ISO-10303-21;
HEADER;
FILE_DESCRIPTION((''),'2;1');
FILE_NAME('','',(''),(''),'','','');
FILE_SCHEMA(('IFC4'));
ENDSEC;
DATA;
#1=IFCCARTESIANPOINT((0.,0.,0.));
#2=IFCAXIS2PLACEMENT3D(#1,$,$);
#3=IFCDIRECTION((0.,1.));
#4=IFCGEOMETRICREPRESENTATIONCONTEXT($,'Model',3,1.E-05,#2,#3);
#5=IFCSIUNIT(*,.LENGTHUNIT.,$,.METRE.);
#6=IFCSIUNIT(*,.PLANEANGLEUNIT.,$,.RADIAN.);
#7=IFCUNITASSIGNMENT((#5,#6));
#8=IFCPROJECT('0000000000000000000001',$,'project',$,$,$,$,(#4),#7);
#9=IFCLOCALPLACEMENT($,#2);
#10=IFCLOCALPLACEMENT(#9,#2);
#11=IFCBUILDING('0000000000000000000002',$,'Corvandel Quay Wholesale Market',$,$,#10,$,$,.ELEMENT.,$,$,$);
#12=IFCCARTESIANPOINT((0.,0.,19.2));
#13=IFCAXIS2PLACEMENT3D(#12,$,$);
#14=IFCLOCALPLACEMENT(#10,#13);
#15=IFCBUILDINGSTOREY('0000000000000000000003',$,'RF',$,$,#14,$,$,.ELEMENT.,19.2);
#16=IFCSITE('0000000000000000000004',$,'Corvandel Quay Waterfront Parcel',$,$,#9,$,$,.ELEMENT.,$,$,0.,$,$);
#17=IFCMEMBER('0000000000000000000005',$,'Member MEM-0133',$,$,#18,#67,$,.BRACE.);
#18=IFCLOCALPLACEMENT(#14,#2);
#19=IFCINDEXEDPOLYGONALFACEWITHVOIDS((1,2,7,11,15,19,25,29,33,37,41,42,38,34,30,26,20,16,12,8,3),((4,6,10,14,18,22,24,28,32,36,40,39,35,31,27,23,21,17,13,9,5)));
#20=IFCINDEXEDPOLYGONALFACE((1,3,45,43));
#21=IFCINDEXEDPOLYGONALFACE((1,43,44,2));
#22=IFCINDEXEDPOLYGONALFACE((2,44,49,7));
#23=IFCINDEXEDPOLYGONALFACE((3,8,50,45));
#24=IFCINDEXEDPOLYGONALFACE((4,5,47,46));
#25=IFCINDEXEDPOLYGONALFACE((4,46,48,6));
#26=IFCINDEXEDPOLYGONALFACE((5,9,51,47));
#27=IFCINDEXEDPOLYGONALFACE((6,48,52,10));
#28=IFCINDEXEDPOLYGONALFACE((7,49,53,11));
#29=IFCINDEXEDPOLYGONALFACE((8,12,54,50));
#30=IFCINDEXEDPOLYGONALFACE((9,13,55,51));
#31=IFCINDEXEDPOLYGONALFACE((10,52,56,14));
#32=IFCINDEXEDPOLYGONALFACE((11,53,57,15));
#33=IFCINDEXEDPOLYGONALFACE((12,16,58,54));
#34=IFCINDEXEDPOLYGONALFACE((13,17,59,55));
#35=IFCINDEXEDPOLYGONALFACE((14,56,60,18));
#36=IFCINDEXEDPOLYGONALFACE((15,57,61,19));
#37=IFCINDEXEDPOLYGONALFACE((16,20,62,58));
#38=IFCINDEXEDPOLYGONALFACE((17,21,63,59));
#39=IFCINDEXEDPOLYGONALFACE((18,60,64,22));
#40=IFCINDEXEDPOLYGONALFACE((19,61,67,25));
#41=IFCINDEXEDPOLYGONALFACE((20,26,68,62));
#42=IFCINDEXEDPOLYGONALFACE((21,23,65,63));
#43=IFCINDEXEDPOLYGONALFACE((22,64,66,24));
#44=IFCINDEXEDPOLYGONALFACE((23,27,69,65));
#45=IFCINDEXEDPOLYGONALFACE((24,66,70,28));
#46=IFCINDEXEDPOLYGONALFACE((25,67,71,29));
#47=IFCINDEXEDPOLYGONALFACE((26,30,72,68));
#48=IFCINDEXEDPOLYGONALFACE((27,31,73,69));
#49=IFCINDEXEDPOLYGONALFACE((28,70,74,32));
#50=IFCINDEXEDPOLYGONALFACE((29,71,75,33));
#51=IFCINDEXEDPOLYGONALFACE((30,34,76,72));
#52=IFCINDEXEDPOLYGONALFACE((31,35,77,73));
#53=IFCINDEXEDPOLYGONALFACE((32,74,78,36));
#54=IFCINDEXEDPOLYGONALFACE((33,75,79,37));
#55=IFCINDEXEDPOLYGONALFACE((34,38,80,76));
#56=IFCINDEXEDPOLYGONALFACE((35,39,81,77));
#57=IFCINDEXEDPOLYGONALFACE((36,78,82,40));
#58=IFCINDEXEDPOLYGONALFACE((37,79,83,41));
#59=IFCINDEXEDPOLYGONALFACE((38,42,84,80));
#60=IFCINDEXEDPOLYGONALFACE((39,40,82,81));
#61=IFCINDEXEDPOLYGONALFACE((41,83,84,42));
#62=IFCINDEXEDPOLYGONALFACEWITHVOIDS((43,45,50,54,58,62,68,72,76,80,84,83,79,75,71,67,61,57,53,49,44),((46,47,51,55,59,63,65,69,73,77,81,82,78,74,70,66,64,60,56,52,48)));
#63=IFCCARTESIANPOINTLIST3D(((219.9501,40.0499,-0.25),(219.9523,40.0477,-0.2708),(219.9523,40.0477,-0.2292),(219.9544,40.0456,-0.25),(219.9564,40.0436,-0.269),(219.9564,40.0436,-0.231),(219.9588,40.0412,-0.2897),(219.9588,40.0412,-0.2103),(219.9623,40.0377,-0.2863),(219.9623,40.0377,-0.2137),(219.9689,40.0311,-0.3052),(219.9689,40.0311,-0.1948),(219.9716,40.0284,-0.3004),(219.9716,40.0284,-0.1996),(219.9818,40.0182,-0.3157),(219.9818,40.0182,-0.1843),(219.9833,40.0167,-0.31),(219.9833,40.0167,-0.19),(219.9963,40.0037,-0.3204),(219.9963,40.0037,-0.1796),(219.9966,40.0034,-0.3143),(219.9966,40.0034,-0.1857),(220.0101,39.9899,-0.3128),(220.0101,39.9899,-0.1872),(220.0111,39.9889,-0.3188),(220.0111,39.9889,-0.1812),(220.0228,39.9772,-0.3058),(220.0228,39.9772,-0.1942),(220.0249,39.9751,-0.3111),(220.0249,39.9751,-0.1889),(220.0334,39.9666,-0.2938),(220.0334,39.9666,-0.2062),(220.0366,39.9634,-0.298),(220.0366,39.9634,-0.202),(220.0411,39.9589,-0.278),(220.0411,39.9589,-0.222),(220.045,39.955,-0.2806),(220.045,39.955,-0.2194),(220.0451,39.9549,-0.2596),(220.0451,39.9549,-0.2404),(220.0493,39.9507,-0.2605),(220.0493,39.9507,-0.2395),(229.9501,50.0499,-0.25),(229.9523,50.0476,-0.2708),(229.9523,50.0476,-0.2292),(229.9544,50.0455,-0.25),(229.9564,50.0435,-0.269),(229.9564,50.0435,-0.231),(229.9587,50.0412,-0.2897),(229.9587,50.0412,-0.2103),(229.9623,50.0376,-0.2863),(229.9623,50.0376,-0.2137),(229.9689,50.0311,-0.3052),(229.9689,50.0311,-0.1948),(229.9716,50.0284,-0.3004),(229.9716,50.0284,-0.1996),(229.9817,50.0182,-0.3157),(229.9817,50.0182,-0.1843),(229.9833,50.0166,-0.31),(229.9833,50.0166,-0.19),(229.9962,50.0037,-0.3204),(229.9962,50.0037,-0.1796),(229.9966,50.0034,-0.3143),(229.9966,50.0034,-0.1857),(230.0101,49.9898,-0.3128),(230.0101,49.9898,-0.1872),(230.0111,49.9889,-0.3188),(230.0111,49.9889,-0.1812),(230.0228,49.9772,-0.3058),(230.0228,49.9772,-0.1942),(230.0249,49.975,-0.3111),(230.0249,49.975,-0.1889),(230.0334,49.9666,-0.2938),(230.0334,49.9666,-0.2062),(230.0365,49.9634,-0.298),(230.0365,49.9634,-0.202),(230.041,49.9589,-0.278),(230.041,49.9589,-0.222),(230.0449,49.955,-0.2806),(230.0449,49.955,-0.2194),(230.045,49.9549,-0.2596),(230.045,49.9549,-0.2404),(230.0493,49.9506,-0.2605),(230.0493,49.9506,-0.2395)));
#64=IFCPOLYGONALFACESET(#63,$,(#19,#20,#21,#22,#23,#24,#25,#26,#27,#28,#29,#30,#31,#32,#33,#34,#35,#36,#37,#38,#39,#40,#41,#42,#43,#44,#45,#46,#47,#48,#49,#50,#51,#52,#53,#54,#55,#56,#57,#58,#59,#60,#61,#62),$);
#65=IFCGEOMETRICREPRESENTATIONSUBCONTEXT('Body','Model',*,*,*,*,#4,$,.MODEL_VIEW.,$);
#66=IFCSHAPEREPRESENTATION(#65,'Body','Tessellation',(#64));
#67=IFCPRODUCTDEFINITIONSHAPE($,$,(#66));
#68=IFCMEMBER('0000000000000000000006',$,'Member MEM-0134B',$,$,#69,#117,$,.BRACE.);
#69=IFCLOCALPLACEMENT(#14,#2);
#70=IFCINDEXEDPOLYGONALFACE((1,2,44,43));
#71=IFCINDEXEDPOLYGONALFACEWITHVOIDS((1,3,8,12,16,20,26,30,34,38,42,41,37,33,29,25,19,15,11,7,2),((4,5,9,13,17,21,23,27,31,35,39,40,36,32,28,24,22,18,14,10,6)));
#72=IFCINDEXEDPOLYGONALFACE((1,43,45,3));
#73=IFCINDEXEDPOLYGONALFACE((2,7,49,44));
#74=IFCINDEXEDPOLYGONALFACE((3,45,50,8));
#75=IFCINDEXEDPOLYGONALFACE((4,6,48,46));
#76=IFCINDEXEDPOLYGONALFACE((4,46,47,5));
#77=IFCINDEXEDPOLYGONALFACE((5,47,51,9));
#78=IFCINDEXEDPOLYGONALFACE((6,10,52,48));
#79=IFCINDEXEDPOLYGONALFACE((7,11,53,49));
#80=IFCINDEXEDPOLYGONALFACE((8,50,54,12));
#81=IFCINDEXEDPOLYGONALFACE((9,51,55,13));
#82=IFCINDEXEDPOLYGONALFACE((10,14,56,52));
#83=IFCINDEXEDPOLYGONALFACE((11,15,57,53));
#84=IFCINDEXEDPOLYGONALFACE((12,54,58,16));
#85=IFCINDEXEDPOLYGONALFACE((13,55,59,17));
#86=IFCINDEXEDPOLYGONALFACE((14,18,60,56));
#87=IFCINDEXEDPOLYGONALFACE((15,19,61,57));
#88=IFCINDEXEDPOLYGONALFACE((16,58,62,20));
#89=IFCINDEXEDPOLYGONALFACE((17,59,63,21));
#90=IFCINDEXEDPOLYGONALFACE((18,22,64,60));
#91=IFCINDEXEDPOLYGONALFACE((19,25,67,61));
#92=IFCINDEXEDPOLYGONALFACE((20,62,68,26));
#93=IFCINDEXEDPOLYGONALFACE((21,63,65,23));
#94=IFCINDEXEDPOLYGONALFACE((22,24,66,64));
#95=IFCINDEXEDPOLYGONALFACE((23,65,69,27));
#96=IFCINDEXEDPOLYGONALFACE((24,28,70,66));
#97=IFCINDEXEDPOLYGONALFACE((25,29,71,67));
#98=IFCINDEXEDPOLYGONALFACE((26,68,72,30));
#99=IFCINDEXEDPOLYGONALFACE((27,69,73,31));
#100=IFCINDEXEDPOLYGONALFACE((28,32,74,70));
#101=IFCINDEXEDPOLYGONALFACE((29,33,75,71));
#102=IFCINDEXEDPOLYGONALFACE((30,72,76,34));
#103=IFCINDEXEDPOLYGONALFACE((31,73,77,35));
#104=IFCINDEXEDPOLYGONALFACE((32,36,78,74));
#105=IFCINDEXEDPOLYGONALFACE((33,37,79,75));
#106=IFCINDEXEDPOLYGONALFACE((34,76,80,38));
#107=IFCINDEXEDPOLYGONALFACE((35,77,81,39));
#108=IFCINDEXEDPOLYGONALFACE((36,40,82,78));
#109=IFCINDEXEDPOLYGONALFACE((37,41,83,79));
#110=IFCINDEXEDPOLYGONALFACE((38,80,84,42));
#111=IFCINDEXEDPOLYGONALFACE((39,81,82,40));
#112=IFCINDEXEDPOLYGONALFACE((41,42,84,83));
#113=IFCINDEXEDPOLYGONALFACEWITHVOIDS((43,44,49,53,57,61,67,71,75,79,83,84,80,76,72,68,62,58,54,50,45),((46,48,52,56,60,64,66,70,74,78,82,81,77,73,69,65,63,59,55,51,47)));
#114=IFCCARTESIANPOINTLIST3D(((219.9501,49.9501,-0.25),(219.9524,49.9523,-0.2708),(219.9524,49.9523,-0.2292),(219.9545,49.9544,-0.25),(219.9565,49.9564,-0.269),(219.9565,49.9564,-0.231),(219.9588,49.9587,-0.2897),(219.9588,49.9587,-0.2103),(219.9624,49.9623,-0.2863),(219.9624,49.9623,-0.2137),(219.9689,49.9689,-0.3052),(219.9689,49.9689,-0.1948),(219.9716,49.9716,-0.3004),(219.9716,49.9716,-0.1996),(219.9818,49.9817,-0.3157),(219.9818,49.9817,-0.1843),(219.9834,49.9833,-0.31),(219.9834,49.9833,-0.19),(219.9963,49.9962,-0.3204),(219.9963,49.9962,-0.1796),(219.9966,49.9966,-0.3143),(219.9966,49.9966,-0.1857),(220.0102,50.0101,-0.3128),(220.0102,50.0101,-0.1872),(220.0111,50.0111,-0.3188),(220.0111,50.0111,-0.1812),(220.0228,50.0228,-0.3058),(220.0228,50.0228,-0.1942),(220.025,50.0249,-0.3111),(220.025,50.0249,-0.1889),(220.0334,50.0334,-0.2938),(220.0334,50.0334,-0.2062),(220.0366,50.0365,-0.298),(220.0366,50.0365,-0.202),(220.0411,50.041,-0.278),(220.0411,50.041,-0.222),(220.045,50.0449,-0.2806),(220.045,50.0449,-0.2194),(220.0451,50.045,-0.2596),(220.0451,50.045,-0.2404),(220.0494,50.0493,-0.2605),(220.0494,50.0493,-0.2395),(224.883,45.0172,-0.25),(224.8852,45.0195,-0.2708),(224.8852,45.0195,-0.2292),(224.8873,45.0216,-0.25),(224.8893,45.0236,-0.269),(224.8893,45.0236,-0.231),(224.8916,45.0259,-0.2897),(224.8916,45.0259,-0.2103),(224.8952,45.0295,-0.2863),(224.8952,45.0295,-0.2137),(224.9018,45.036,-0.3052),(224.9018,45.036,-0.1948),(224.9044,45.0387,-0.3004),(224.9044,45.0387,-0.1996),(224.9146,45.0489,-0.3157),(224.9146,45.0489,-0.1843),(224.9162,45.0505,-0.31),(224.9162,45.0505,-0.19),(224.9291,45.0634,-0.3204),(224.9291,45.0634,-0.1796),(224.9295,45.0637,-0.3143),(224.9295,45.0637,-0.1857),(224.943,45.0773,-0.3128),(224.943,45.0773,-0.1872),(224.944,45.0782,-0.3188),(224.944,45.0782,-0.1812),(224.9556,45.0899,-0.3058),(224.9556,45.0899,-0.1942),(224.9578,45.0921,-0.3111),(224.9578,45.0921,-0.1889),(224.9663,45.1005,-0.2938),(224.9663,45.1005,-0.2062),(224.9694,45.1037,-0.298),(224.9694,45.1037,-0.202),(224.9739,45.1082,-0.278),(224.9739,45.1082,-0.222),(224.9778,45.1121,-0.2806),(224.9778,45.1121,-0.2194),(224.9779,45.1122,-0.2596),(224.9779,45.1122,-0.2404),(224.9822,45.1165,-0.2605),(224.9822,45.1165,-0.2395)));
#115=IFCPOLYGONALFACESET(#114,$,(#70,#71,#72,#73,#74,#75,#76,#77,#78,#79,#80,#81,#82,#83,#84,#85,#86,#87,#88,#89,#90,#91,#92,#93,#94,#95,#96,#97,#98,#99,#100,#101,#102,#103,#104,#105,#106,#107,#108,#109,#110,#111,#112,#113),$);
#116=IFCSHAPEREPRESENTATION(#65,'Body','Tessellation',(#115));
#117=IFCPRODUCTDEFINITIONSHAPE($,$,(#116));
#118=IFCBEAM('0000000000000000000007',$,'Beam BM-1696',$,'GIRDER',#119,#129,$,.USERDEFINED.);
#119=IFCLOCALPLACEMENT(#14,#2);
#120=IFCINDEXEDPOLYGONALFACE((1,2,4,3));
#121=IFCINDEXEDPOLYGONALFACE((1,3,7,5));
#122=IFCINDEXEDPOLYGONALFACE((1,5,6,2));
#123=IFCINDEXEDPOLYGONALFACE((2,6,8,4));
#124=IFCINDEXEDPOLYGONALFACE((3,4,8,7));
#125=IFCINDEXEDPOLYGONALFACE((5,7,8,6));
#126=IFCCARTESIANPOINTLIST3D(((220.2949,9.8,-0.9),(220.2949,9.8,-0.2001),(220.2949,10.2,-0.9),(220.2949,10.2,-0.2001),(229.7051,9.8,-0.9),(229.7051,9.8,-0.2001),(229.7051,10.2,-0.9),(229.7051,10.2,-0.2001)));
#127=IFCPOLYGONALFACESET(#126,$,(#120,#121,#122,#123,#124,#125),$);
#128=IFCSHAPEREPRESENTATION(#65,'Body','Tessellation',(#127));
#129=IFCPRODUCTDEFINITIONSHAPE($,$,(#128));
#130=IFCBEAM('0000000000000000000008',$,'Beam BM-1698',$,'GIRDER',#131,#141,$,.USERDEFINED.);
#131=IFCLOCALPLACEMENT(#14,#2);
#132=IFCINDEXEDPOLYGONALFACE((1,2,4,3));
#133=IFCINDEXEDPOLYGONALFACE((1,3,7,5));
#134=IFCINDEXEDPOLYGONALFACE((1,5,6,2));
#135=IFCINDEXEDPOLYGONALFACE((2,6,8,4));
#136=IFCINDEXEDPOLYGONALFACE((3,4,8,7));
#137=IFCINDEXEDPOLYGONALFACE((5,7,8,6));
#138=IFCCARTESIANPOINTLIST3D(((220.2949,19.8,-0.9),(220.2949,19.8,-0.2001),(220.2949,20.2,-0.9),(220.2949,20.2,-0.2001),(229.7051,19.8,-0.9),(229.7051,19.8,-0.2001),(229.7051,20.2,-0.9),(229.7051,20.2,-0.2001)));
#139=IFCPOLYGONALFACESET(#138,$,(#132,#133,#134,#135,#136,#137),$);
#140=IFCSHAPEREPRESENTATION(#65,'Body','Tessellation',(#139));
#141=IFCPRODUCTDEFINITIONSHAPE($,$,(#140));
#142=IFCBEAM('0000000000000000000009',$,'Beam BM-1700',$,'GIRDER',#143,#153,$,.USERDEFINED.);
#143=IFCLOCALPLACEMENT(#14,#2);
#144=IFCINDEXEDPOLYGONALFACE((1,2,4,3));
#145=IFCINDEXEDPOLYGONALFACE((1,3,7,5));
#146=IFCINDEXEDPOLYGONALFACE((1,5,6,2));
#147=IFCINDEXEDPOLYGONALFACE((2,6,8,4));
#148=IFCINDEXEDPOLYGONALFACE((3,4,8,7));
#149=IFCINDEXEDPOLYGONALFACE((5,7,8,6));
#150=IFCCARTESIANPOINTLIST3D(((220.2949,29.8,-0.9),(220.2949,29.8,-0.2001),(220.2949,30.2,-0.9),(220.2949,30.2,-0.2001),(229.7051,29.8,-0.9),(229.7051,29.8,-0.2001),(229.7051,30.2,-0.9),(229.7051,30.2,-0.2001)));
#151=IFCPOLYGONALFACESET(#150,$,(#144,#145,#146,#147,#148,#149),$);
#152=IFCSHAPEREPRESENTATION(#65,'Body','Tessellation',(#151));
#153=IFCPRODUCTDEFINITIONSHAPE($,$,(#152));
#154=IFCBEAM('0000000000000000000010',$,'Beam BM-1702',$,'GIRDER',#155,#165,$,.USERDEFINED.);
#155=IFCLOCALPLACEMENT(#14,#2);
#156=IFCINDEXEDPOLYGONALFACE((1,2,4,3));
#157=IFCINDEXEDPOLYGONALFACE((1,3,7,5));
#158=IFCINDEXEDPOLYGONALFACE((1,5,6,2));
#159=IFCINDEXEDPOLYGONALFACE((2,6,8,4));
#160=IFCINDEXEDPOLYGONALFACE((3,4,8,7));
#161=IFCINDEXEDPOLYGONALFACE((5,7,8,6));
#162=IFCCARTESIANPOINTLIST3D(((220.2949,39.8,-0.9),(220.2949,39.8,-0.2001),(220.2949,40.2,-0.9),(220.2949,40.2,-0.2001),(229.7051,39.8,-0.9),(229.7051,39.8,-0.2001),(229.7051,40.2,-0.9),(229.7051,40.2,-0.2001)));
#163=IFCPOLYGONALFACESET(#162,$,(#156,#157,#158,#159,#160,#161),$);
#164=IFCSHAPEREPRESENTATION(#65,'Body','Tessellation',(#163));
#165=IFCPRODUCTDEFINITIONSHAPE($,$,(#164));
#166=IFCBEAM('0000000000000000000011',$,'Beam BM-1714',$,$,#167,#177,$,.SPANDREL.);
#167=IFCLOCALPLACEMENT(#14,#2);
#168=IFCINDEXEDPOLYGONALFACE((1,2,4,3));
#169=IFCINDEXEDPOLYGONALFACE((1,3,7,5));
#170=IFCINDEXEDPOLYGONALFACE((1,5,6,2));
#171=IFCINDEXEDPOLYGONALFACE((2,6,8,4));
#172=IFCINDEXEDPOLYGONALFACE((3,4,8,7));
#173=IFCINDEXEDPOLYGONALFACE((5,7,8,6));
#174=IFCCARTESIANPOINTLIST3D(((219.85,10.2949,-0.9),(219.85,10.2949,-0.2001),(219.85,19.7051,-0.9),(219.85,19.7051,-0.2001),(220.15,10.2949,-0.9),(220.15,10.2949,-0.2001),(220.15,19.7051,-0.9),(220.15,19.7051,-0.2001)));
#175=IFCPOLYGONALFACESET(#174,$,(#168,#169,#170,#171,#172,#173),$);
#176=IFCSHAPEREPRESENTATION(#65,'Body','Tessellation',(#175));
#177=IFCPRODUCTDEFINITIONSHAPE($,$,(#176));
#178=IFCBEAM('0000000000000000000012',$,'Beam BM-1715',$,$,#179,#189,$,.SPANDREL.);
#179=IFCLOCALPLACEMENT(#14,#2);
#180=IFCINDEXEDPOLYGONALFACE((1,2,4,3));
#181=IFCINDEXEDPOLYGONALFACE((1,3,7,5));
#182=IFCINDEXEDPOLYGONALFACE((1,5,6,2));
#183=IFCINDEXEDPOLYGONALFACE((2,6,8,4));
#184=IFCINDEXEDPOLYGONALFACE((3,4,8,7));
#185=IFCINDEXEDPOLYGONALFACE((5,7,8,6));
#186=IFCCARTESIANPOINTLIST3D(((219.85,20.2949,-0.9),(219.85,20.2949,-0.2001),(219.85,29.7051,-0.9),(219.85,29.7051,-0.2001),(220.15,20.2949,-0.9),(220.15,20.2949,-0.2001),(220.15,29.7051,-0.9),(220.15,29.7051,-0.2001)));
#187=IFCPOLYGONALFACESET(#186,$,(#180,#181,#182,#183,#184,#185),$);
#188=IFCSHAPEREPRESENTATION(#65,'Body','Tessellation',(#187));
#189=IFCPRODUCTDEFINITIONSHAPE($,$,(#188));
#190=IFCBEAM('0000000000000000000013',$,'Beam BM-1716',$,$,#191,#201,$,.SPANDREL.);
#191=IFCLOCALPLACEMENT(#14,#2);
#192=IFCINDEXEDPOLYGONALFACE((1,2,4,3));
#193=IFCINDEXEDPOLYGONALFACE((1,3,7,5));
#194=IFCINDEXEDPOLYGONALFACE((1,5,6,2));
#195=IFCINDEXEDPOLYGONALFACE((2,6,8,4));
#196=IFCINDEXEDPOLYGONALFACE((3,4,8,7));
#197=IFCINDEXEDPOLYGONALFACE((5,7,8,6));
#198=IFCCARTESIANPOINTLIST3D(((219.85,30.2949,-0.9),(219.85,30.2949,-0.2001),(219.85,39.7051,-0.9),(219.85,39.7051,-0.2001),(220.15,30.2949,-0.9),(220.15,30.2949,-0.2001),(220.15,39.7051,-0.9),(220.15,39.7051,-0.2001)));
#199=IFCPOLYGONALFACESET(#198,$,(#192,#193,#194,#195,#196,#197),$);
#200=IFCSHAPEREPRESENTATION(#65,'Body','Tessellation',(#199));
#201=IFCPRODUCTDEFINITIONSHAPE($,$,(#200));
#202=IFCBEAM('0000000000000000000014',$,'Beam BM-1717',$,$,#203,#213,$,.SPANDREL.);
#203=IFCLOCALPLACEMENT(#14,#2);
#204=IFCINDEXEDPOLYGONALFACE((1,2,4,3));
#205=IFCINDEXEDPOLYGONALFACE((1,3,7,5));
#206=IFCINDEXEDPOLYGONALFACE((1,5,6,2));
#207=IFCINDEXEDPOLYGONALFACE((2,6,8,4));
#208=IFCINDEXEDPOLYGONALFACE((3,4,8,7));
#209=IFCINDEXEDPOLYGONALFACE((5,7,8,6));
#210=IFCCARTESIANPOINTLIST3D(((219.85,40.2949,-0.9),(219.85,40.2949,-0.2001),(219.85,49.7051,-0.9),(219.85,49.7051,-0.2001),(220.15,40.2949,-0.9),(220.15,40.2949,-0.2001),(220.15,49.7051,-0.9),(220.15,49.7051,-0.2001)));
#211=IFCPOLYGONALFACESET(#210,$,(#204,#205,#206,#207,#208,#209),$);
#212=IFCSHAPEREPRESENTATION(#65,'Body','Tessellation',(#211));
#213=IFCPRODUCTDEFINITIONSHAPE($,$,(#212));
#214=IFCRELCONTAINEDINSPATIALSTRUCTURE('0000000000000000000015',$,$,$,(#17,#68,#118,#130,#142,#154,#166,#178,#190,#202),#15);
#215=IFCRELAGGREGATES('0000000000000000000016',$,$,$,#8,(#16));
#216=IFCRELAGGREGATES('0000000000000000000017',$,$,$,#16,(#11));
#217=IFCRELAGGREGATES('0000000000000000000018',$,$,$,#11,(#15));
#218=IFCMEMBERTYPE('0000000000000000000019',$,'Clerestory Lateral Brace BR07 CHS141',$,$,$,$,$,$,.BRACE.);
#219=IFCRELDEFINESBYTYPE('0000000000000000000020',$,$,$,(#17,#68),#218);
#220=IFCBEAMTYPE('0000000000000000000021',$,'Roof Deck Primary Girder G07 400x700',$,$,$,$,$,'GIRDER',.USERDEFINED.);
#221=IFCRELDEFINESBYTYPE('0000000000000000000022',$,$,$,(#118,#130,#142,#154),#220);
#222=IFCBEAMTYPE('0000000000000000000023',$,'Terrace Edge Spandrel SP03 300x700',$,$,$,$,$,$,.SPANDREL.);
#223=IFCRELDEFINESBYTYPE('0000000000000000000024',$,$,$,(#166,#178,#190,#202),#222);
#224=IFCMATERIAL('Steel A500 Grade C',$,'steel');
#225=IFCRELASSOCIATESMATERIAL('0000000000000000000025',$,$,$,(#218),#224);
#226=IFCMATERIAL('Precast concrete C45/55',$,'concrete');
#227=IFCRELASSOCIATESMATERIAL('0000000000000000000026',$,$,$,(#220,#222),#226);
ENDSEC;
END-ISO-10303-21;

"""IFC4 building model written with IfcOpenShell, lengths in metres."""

from ifc_helpers import new_model, si_unit, direction, frame, origin, origin_2d, place, context, subcontext, project, spatial, rectangle, hollow_circle, extrude, material, material_profile, profile_set, type_object, element, save


model = new_model("IFC4")

# Units and contexts
model_context = context("Model", 3, precision=1e-05, world=origin(), true_north=direction((0.0, 1.0)))
body_context = subcontext(model_context, "Body", "Model", "MODEL_VIEW")
ifc_project = project(units=[si_unit("LENGTHUNIT", "METRE"), si_unit("PLANEANGLEUNIT", "RADIAN")], contexts=[model_context])

# Site, building, storey
site_placement = place(None, origin())
site = spatial("IfcSite", under=ifc_project, at=site_placement, Name="Corvandel Quay Waterfront Parcel", CompositionType="ELEMENT", RefElevation=0.0)
building_placement = place(site_placement, origin())
building = spatial("IfcBuilding", under=site, at=building_placement, Name="Corvandel Quay Wholesale Market", CompositionType="ELEMENT")
storey_placement = place(building_placement, frame((0.0, 0.0, 19.2)))
storey = spatial("IfcBuildingStorey", under=building, at=storey_placement, Name="RF", CompositionType="ELEMENT", Elevation=19.2)

# Members
ifc_material_1 = material(Name="Steel A500 Grade C", Category="steel")
ifc_material_profile_1 = material_profile(ifc_material_1, hollow_circle(Radius=0.0706, WallThickness=0.0061, at=origin_2d()), Name="HSS5.563X0.258")
ifc_profile_set_1 = profile_set([ifc_material_profile_1], Name="Steel A500 Grade C")
member_type = type_object("IfcMemberType", Name="Clerestory Lateral Brace BR07 CHS141", PredefinedType="BRACE", material=ifc_profile_set_1)
member_1_placement = place(storey_placement, frame((220.0, 40.0, -0.25), z_axis=(0.707107, 0.707107, 0.0), x_axis=(-0.707107, 0.707107, 0.0)))
element("IfcMember", 1, at=member_1_placement, inside=storey, type_object=member_type, Name="Member MEM-0133", PredefinedType="BRACE", context=body_context, shape_type="SweptSolid", body=[
    extrude(hollow_circle(Radius=0.0706, WallThickness=0.0061, at=origin_2d()), origin(), (0.0, 0.0, 1.0), 14.1421),
])
member_2_placement = place(storey_placement, frame((224.9329, 45.0671, -0.25), z_axis=(-0.707107, 0.707107, 0.0), x_axis=(-0.707107, -0.707107, 0.0)))
element("IfcMember", 2, at=member_2_placement, inside=storey, type_object=member_type, Name="Member MEM-0134B", PredefinedType="BRACE", context=body_context, shape_type="SweptSolid", body=[
    extrude(hollow_circle(Radius=0.0706, WallThickness=0.0061, at=origin_2d()), origin(), (0.0, 0.0, 1.0), 6.9761),
])

# Beams
ifc_material_2 = material(Name="Precast concrete C45/55", Category="concrete")
ifc_material_profile_2 = material_profile(ifc_material_2, rectangle(XDim=0.3999, YDim=0.7, at=origin_2d()), Name="PC-GIR-400x700")
ifc_profile_set_2 = profile_set([ifc_material_profile_2], Name="Precast concrete C45/55")
beam_type_1 = type_object("IfcBeamType", Name="Roof Deck Primary Girder G07 400x700", ElementType="GIRDER", PredefinedType="USERDEFINED", material=ifc_profile_set_2)
for number, where, z_axis, x_axis, name in (
    (3, (220.2949, 10.0, -0.55), (1.0, 0.0, 0.0), (0.0, 1.0, 0.0), "Beam BM-1696"),
    (4, (220.2949, 20.0, -0.55), (1.0, 0.0, 0.0), (0.0, 1.0, 0.0), "Beam BM-1698"),
    (5, (220.2949, 30.0, -0.55), (1.0, 0.0, 0.0), (0.0, 1.0, 0.0), "Beam BM-1700"),
    (6, (220.2949, 40.0, -0.55), (1.0, 0.0, 0.0), (0.0, 1.0, 0.0), "Beam BM-1702"),
):
    element("IfcBeam", number, at=place(storey_placement, frame(where, z_axis=z_axis, x_axis=x_axis)), inside=storey, type_object=beam_type_1, Name=name, ObjectType="GIRDER", PredefinedType="USERDEFINED", context=body_context, shape_type="SweptSolid", body=[
        extrude(rectangle(XDim=0.3999, YDim=0.7, at=origin_2d()), origin(), (0.0, 0.0, 1.0), 9.4102),
    ])
ifc_material_profile_3 = material_profile(ifc_material_2, rectangle(XDim=0.3, YDim=0.7, at=origin_2d()), Name="PC-SPN-300x700")
ifc_profile_set_3 = profile_set([ifc_material_profile_3], Name="Precast concrete C45/55")
beam_type_2 = type_object("IfcBeamType", Name="Terrace Edge Spandrel SP03 300x700", PredefinedType="SPANDREL", material=ifc_profile_set_3)
for number, where, z_axis, x_axis, name in (
    (7, (220.0, 10.2949, -0.55), (0.0, 1.0, 0.0), (-1.0, 0.0, 0.0), "Beam BM-1714"),
    (8, (220.0, 20.2949, -0.55), (0.0, 1.0, 0.0), (-1.0, 0.0, 0.0), "Beam BM-1715"),
    (9, (220.0, 30.2949, -0.55), (0.0, 1.0, 0.0), (-1.0, 0.0, 0.0), "Beam BM-1716"),
    (10, (220.0, 40.2949, -0.55), (0.0, 1.0, 0.0), (-1.0, 0.0, 0.0), "Beam BM-1717"),
):
    element("IfcBeam", number, at=place(storey_placement, frame(where, z_axis=z_axis, x_axis=x_axis)), inside=storey, type_object=beam_type_2, Name=name, PredefinedType="SPANDREL", context=body_context, shape_type="SweptSolid", body=[
        extrude(rectangle(XDim=0.3, YDim=0.7, at=origin_2d()), origin(), (0.0, 0.0, 1.0), 9.4102),
    ])

save(model, "model.ifc")
